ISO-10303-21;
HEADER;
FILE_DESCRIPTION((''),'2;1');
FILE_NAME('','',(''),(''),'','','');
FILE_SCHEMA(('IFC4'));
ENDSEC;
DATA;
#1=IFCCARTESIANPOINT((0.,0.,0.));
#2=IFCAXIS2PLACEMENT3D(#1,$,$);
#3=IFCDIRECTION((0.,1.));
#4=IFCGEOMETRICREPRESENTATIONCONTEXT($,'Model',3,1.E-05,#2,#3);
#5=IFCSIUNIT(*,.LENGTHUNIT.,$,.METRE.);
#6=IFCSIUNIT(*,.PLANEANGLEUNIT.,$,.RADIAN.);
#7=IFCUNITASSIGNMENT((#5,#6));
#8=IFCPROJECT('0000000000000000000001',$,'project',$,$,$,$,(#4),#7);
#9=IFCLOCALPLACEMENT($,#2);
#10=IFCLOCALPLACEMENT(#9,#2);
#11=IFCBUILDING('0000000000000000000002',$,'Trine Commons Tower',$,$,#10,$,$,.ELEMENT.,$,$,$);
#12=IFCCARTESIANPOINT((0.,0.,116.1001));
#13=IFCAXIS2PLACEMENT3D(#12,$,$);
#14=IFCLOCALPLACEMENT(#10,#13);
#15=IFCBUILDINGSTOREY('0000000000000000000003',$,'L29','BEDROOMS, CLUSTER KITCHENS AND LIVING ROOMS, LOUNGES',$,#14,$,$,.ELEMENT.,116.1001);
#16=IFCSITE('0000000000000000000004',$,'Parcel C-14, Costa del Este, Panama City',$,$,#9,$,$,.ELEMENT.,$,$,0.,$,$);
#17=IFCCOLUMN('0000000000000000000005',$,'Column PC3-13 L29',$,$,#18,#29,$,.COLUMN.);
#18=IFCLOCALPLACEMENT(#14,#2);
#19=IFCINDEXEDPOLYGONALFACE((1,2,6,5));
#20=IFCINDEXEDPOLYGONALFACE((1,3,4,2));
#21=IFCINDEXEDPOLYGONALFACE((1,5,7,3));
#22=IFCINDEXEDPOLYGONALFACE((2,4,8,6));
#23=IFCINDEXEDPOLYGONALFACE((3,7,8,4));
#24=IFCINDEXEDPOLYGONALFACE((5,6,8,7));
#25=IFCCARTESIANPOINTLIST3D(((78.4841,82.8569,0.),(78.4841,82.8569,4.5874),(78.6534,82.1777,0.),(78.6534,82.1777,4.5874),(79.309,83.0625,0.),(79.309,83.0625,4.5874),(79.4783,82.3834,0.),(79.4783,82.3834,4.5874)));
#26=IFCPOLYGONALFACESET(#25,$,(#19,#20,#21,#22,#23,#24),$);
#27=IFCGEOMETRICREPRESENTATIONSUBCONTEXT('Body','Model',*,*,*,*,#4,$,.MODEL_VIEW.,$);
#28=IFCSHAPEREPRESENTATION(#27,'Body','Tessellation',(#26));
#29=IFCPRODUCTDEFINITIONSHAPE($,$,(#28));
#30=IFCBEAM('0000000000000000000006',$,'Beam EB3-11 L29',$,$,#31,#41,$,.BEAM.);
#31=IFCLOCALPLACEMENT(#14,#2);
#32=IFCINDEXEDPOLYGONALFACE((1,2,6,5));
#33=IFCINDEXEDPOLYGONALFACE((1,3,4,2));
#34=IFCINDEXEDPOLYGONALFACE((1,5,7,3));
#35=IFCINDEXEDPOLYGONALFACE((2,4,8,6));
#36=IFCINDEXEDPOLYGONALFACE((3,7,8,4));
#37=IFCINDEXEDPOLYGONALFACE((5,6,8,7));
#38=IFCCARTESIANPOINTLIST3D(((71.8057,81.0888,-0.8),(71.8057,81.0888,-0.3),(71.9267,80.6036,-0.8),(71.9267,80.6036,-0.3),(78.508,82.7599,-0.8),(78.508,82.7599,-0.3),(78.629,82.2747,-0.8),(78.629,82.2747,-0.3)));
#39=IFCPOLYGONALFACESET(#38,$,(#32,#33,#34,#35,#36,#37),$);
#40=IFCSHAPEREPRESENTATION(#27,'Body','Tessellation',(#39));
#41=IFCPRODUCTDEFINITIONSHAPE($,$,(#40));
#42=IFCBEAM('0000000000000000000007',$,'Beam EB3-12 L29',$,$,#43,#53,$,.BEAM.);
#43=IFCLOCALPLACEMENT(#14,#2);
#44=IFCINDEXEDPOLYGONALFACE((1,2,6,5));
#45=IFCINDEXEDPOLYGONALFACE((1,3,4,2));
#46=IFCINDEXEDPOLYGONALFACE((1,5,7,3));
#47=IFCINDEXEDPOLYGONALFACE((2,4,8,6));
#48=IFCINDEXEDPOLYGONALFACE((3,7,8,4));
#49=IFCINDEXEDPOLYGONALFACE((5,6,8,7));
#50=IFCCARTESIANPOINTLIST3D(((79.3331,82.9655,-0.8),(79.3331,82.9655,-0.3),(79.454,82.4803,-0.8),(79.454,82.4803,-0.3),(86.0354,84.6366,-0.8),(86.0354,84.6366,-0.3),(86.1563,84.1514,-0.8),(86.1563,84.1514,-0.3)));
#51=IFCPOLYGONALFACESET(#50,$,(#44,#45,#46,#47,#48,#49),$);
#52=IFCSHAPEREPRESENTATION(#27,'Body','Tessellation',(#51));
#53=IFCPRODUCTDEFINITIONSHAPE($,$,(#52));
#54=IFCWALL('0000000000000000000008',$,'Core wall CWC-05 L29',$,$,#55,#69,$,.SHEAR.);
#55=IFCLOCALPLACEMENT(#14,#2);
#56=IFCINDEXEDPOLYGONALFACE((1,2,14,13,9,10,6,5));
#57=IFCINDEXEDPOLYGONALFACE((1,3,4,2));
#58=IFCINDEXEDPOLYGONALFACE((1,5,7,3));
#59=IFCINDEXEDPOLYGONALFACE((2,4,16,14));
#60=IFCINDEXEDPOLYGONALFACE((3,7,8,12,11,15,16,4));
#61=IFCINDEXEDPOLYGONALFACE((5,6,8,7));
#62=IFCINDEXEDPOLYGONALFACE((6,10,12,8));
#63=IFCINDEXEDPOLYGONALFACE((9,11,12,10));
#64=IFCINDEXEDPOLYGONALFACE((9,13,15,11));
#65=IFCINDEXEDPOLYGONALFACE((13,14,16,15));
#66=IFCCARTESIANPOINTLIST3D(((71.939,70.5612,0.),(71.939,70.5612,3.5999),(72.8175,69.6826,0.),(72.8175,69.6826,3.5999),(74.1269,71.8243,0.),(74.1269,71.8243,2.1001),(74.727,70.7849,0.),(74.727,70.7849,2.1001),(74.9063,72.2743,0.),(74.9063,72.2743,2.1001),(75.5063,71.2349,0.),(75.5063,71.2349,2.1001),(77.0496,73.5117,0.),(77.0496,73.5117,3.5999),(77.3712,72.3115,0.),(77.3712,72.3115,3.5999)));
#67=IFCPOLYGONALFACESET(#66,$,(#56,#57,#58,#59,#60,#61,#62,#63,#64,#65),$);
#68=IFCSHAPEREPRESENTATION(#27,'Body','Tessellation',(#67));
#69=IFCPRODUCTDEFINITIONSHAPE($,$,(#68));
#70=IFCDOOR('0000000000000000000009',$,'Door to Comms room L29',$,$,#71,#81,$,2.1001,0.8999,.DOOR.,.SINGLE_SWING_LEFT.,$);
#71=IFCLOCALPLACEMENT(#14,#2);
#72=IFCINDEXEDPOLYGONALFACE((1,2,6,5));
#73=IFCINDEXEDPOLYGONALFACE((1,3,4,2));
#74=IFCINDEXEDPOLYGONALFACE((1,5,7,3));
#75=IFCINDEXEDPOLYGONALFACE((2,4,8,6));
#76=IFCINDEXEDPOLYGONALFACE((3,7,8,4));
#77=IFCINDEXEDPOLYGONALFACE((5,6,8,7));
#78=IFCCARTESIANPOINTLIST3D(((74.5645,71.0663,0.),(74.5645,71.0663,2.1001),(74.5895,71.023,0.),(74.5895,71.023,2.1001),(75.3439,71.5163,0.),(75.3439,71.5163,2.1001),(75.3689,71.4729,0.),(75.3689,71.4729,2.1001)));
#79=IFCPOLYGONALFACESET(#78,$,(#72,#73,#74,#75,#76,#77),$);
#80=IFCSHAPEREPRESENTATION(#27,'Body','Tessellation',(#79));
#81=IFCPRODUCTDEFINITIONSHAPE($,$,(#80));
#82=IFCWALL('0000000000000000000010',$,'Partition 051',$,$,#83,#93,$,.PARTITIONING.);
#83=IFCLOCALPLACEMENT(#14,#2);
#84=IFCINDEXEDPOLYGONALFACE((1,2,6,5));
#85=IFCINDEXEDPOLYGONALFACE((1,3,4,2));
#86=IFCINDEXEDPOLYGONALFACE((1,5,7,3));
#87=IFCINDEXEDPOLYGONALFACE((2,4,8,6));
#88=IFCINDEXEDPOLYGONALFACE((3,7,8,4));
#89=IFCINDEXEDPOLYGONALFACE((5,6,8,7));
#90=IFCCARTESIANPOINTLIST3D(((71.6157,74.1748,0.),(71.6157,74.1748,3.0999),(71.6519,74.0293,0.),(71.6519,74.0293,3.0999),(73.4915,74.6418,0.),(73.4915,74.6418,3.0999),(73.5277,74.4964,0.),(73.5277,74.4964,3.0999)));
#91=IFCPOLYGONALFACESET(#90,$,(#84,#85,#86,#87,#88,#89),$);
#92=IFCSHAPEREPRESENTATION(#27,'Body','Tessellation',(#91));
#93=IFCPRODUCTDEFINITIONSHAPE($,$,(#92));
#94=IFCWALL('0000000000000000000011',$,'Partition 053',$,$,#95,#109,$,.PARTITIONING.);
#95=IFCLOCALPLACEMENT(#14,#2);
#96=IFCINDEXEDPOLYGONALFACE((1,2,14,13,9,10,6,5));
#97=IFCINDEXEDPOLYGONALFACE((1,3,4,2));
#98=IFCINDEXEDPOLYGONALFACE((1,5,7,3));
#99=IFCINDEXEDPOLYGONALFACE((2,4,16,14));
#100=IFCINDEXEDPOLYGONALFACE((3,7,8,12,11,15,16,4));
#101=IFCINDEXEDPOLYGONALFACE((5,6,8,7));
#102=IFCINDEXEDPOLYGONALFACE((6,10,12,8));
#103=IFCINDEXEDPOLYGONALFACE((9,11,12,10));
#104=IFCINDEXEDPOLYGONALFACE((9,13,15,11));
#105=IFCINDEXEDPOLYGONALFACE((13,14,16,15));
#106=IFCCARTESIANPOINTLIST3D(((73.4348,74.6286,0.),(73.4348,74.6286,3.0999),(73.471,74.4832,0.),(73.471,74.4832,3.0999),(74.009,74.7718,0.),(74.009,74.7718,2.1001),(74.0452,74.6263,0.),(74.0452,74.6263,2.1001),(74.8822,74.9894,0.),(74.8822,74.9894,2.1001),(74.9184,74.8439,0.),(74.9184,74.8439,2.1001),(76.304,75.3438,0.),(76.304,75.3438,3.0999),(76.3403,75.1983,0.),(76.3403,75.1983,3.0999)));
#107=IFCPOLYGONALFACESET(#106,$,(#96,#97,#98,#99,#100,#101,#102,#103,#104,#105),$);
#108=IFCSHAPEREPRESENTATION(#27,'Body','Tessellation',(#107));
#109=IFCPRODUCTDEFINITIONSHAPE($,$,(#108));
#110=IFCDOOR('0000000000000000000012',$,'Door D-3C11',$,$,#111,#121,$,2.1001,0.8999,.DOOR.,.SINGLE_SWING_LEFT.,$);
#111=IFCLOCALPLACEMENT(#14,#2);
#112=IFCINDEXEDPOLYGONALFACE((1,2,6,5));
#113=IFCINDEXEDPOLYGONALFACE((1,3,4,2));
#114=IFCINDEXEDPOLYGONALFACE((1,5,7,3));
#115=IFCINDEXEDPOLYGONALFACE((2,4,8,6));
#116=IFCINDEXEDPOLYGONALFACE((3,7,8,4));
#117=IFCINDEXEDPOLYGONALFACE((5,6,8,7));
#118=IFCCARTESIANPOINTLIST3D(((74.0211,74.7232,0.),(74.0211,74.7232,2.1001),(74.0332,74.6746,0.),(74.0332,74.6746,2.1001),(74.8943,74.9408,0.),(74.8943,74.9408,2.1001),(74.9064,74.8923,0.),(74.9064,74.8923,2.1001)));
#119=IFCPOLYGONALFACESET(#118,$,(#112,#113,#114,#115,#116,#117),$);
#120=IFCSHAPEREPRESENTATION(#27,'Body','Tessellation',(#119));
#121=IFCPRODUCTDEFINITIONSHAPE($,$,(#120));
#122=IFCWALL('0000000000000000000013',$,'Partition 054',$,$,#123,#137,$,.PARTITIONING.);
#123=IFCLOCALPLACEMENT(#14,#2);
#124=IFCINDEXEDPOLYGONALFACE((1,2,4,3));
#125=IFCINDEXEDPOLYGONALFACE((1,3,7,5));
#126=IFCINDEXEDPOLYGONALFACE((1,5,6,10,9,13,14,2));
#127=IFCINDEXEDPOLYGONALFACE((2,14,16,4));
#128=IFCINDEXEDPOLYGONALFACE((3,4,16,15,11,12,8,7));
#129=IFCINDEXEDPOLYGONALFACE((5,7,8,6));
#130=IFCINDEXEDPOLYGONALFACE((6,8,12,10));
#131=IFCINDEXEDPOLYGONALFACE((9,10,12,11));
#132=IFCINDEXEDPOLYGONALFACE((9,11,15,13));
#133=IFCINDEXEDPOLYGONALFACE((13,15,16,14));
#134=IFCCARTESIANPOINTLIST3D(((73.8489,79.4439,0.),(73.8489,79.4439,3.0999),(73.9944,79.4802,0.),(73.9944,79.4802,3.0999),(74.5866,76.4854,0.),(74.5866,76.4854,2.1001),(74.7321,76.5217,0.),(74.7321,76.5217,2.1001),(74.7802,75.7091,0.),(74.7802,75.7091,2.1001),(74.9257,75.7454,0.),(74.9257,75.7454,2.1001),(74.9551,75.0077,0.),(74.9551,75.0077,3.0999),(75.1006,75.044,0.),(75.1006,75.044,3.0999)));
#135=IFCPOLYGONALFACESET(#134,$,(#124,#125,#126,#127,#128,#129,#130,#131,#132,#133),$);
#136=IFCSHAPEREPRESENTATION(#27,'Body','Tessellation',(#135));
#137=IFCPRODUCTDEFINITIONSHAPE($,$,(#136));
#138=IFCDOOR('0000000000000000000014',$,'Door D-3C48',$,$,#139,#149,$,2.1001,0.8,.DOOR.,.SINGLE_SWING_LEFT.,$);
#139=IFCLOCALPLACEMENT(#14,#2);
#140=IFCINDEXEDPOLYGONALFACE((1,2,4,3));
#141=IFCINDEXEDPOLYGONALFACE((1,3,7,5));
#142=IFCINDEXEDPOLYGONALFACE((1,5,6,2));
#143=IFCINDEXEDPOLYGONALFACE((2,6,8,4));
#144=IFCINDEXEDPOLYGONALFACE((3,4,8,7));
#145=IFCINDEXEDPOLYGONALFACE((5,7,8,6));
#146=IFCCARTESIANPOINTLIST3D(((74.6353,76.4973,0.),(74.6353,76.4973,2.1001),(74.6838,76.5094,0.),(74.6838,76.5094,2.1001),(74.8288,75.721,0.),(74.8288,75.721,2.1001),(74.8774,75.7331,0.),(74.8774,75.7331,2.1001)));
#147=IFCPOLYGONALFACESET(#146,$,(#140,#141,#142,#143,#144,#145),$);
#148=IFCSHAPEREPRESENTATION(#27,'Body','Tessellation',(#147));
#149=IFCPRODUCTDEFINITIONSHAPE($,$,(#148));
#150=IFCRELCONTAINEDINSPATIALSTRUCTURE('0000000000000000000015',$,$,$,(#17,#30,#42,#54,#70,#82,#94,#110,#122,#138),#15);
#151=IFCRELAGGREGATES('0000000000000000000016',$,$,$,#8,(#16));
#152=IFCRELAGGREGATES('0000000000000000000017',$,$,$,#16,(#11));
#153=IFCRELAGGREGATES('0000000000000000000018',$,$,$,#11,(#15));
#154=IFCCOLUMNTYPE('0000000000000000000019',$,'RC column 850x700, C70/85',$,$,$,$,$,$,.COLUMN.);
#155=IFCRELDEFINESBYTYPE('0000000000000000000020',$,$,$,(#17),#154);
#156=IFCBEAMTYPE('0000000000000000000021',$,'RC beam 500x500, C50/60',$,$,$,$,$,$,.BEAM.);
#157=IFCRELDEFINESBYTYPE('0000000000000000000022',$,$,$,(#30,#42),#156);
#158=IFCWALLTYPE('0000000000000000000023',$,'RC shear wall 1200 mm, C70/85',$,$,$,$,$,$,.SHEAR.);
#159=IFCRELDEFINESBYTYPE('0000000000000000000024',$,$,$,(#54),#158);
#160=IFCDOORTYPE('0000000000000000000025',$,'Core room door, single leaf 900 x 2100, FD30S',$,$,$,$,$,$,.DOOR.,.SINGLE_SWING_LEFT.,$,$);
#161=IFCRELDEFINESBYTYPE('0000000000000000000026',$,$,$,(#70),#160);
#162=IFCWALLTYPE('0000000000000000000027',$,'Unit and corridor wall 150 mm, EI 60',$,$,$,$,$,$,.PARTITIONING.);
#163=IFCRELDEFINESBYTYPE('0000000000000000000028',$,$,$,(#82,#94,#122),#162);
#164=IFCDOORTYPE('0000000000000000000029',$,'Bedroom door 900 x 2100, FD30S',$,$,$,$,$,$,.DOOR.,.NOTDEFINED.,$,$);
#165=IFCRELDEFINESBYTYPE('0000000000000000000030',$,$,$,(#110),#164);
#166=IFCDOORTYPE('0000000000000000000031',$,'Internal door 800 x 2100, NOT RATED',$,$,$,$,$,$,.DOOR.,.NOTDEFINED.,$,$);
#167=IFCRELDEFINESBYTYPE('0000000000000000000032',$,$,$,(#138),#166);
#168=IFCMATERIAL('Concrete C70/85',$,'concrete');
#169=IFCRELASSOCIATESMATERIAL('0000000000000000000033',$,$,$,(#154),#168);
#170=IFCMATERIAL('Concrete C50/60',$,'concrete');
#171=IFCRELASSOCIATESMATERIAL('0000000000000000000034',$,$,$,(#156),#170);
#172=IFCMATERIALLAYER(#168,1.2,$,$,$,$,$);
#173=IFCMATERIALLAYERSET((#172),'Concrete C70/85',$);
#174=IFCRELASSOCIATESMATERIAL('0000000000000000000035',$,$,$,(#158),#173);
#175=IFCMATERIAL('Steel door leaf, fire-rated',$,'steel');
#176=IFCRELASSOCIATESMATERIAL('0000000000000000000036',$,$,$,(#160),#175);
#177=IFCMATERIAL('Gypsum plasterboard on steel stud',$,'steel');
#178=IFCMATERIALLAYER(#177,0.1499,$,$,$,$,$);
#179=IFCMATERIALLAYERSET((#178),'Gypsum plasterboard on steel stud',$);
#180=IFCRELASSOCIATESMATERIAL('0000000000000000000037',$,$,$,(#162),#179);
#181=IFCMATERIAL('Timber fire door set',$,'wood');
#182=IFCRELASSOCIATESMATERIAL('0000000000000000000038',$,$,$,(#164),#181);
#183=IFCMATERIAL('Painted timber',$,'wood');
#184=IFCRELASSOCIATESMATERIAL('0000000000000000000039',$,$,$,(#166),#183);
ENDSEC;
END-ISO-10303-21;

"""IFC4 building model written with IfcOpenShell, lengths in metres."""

from ifc_helpers import new_model, si_unit, direction, frame, frame_2d, origin, origin_2d, place, context, subcontext, project, spatial, polyline, rectangle, outline, extrude, material, layer, layer_set, material_profile, profile_set, type_object, element, fill, save


model = new_model("IFC4")

# Units and contexts
model_context = context("Model", 3, precision=1e-05, world=origin(), true_north=direction((0.0, 1.0)))
body_context = subcontext(model_context, "Body", "Model", "MODEL_VIEW")
ifc_project = project(units=[si_unit("LENGTHUNIT", "METRE"), si_unit("PLANEANGLEUNIT", "RADIAN")], contexts=[model_context])

# Site, building, storey
site_placement = place(None, origin())
site = spatial("IfcSite", under=ifc_project, at=site_placement, Name="Parcel C-14, Costa del Este, Panama City", CompositionType="ELEMENT", RefElevation=0.0)
building_placement = place(site_placement, origin())
building = spatial("IfcBuilding", under=site, at=building_placement, Name="Trine Commons Tower", CompositionType="ELEMENT")
storey_placement = place(building_placement, frame((0.0, 0.0, 116.1001)))
storey = spatial("IfcBuildingStorey", under=building, at=storey_placement, Name="L29", Description="BEDROOMS, CLUSTER KITCHENS AND LIVING ROOMS, LOUNGES", CompositionType="ELEMENT", Elevation=116.1001)

# Column
ifc_material_1 = material(Name="Concrete C70/85", Category="concrete")
ifc_material_profile_1 = material_profile(ifc_material_1, rectangle(XDim=0.8501, YDim=0.7, at=origin_2d()), Name="RC 850x700")
ifc_profile_set_1 = profile_set([ifc_material_profile_1], Name="Concrete C70/85")
column_type = type_object("IfcColumnType", Name="RC column 850x700, C70/85", PredefinedType="COLUMN", material=ifc_profile_set_1)
column_placement = place(storey_placement, frame((78.9812, 82.6201, 0.0), z_axis=(0.0, 0.0, 1.0), x_axis=(0.970296, 0.241922, 0.0)))
element("IfcColumn", 1, at=column_placement, inside=storey, type_object=column_type, Name="Column PC3-13 L29", PredefinedType="COLUMN", context=body_context, shape_type="SweptSolid", body=[
    extrude(rectangle(XDim=0.8501, YDim=0.7, at=origin_2d()), origin(), (0.0, 0.0, 1.0), 4.5874),
])

# Beams
ifc_material_2 = material(Name="Concrete C50/60", Category="concrete")
ifc_material_profile_2 = material_profile(ifc_material_2, rectangle(XDim=0.5, YDim=0.5, at=origin_2d()), Name="RC 500x500")
ifc_profile_set_2 = profile_set([ifc_material_profile_2], Name="Concrete C50/60")
beam_type = type_object("IfcBeamType", Name="RC beam 500x500, C50/60", PredefinedType="BEAM", material=ifc_profile_set_2)
for number, where, z_axis, x_axis, name in (
    (2, (71.8662, 80.8462, -0.55), (0.970294, 0.241928, 0.0), (-0.241928, 0.970294, 0.0), "Beam EB3-11 L29"),
    (3, (79.3936, 82.7229, -0.55), (0.970294, 0.241928, 0.0), (-0.241928, 0.970294, 0.0), "Beam EB3-12 L29"),
):
    element("IfcBeam", number, at=place(storey_placement, frame(where, z_axis=z_axis, x_axis=x_axis)), inside=storey, type_object=beam_type, Name=name, PredefinedType="BEAM", context=body_context, shape_type="SweptSolid", body=[
        extrude(rectangle(XDim=0.5, YDim=0.5, at=origin_2d()), origin(), (0.0, 0.0, 1.0), 6.9075),
    ])

# Wall, opening, door
ifc_layer_1 = layer(ifc_material_1, 1.2)
ifc_layer_set_1 = layer_set([ifc_layer_1], Name="Concrete C70/85")
wall_type_1 = type_object("IfcWallType", Name="RC shear wall 1200 mm, C70/85", PredefinedType="SHEAR", material=ifc_layer_set_1)
wall_1_placement = place(storey_placement, frame((77.3496, 72.9919, 0.0), z_axis=(0.0, 0.0, 1.0), x_axis=(-0.866037, -0.499979, 0.0)))
wall_1 = element("IfcWall", 4, at=wall_1_placement, inside=storey, type_object=wall_type_1, Name="Core wall CWC-05 L29", PredefinedType="SHEAR", context=body_context, shape_type="SweptSolid", body=[
    extrude(outline(polyline([(0.0, -0.6001), (5.9011, -0.6001), (5.5796, 0.6001), (0.3215, 0.6001), (0.0, -0.6001)])), origin(), (0.0, 0.0, 1.0), 3.5999),
])
opening_1_placement = place(wall_1_placement, frame((2.4749, 0.0, 0.0)))
opening_1 = element("IfcOpeningElement", 5, at=opening_1_placement, cuts=wall_1, PredefinedType="OPENING", context=body_context, shape_type="SweptSolid", body=[
    extrude(rectangle(XDim=0.8999, YDim=2.1001, at=frame_2d((0.45, 1.05))), frame((0.0, 0.6099, 0.0), z_axis=(0.0, -1.0, 0.0), x_axis=(1.0, 0.0, 0.0)), (0.0, 0.0, 1.0), 1.22),
])
ifc_material_3 = material(Name="Steel door leaf, fire-rated", Category="steel")
door_type_1 = type_object("IfcDoorType", Name="Core room door, single leaf 900 x 2100, FD30S", OperationType="SINGLE_SWING_LEFT", PredefinedType="DOOR", material=ifc_material_3)
door_1_placement = place(opening_1_placement, origin())
door_1 = element("IfcDoor", 6, at=door_1_placement, inside=storey, type_object=door_type_1, Name="Door to Comms room L29", OperationType="SINGLE_SWING_LEFT", OverallHeight=2.1001, OverallWidth=0.8999, PredefinedType="DOOR", context=body_context, shape_type="SweptSolid", body=[
    extrude(rectangle(XDim=0.8999, YDim=2.1001, at=frame_2d((0.45, 1.05))), frame((0.0, 0.3252, 0.0), z_axis=(0.0, -1.0, 0.0), x_axis=(1.0, 0.0, 0.0)), (0.0, 0.0, 1.0), 0.05),
])
fill(opening_1, door_1)

# Wall
ifc_material_4 = material(Name="Gypsum plasterboard on steel stud", Category="steel")
ifc_layer_2 = layer(ifc_material_4, 0.1499)
ifc_layer_set_2 = layer_set([ifc_layer_2], Name="Gypsum plasterboard on steel stud")
wall_type_2 = type_object("IfcWallType", Name="Unit and corridor wall 150 mm, EI 60", PredefinedType="PARTITIONING", material=ifc_layer_set_2)
wall_2_placement = place(storey_placement, frame((71.6338, 74.1021, 0.0), z_axis=(0.0, 0.0, 1.0), x_axis=(0.970372, 0.241614, 0.0)))
element("IfcWall", 7, at=wall_2_placement, inside=storey, type_object=wall_type_2, Name="Partition 051", PredefinedType="PARTITIONING", context=body_context, shape_type="SweptSolid", body=[
    extrude(rectangle(XDim=1.9331, YDim=0.1499, at=frame_2d((0.9666, 0.0))), origin(), (0.0, 0.0, 1.0), 3.0999),
])

# Walls, openings, doors
wall_3_placement = place(storey_placement, frame((73.4529, 74.5559, 0.0), z_axis=(0.0, 0.0, 1.0), x_axis=(0.970317, 0.241836, 0.0)))
wall_3 = element("IfcWall", 8, at=wall_3_placement, inside=storey, type_object=wall_type_2, Name="Partition 053", PredefinedType="PARTITIONING", context=body_context, shape_type="SweptSolid", body=[
    extrude(rectangle(XDim=2.957, YDim=0.1499, at=frame_2d((1.4785, 0.0))), origin(), (0.0, 0.0, 1.0), 3.0999),
])
opening_2_placement = place(wall_3_placement, frame((0.5918, 0.0, 0.0)))
opening_2 = element("IfcOpeningElement", 9, at=opening_2_placement, cuts=wall_3, PredefinedType="OPENING", context=body_context, shape_type="SweptSolid", body=[
    extrude(rectangle(XDim=0.8999, YDim=2.1001, at=frame_2d((0.45, 1.05))), frame((0.0, 0.085, 0.0), z_axis=(0.0, -1.0, 0.0), x_axis=(1.0, 0.0, 0.0)), (0.0, 0.0, 1.0), 0.1699),
])
ifc_material_5 = material(Name="Timber fire door set", Category="wood")
door_type_2 = type_object("IfcDoorType", Name="Bedroom door 900 x 2100, FD30S", OperationType="NOTDEFINED", PredefinedType="DOOR", material=ifc_material_5)
door_2_placement = place(opening_2_placement, origin())
door_2 = element("IfcDoor", 10, at=door_2_placement, inside=storey, type_object=door_type_2, Name="Door D-3C11", OperationType="SINGLE_SWING_LEFT", OverallHeight=2.1001, OverallWidth=0.8999, PredefinedType="DOOR", context=body_context, shape_type="SweptSolid", body=[
    extrude(rectangle(XDim=0.8999, YDim=2.1001, at=frame_2d((0.45, 1.05))), frame((0.0, 0.0249, 0.0), z_axis=(0.0, -1.0, 0.0), x_axis=(1.0, 0.0, 0.0)), (0.0, 0.0, 1.0), 0.05),
])
fill(opening_2, door_2)
wall_4_placement = place(storey_placement, frame((73.9216, 79.4622, 0.0), z_axis=(0.0, 0.0, 1.0), x_axis=(0.241945, -0.97029, 0.0)))
wall_4 = element("IfcWall", 11, at=wall_4_placement, inside=storey, type_object=wall_type_2, Name="Partition 054", PredefinedType="PARTITIONING", context=body_context, shape_type="SweptSolid", body=[
    extrude(rectangle(XDim=4.572, YDim=0.1499, at=frame_2d((2.2861, 0.0))), origin(), (0.0, 0.0, 1.0), 3.0999),
])
opening_3_placement = place(wall_4_placement, frame((3.0493, 0.0, 0.0)))
opening_3 = element("IfcOpeningElement", 12, at=opening_3_placement, cuts=wall_4, PredefinedType="OPENING", context=body_context, shape_type="SweptSolid", body=[
    extrude(rectangle(XDim=0.8, YDim=2.1001, at=frame_2d((0.3999, 1.05))), frame((0.0, 0.085, 0.0), z_axis=(0.0, -1.0, 0.0), x_axis=(1.0, 0.0, 0.0)), (0.0, 0.0, 1.0), 0.1699),
])
ifc_material_6 = material(Name="Painted timber", Category="wood")
door_type_3 = type_object("IfcDoorType", Name="Internal door 800 x 2100, NOT RATED", OperationType="NOTDEFINED", PredefinedType="DOOR", material=ifc_material_6)
door_3_placement = place(opening_3_placement, frame((0.8, 0.0, 0.0), z_axis=(0.0, 0.0, 1.0), x_axis=(-1.0, 0.0, 0.0)))
door_3 = element("IfcDoor", 13, at=door_3_placement, inside=storey, type_object=door_type_3, Name="Door D-3C48", OperationType="SINGLE_SWING_LEFT", OverallHeight=2.1001, OverallWidth=0.8, PredefinedType="DOOR", context=body_context, shape_type="SweptSolid", body=[
    extrude(rectangle(XDim=0.8, YDim=2.1001, at=frame_2d((0.3999, 1.05))), frame((0.0, 0.0249, 0.0), z_axis=(0.0, -1.0, 0.0), x_axis=(1.0, 0.0, 0.0)), (0.0, 0.0, 1.0), 0.05),
])
fill(opening_3, door_3)

save(model, "model.ifc")
